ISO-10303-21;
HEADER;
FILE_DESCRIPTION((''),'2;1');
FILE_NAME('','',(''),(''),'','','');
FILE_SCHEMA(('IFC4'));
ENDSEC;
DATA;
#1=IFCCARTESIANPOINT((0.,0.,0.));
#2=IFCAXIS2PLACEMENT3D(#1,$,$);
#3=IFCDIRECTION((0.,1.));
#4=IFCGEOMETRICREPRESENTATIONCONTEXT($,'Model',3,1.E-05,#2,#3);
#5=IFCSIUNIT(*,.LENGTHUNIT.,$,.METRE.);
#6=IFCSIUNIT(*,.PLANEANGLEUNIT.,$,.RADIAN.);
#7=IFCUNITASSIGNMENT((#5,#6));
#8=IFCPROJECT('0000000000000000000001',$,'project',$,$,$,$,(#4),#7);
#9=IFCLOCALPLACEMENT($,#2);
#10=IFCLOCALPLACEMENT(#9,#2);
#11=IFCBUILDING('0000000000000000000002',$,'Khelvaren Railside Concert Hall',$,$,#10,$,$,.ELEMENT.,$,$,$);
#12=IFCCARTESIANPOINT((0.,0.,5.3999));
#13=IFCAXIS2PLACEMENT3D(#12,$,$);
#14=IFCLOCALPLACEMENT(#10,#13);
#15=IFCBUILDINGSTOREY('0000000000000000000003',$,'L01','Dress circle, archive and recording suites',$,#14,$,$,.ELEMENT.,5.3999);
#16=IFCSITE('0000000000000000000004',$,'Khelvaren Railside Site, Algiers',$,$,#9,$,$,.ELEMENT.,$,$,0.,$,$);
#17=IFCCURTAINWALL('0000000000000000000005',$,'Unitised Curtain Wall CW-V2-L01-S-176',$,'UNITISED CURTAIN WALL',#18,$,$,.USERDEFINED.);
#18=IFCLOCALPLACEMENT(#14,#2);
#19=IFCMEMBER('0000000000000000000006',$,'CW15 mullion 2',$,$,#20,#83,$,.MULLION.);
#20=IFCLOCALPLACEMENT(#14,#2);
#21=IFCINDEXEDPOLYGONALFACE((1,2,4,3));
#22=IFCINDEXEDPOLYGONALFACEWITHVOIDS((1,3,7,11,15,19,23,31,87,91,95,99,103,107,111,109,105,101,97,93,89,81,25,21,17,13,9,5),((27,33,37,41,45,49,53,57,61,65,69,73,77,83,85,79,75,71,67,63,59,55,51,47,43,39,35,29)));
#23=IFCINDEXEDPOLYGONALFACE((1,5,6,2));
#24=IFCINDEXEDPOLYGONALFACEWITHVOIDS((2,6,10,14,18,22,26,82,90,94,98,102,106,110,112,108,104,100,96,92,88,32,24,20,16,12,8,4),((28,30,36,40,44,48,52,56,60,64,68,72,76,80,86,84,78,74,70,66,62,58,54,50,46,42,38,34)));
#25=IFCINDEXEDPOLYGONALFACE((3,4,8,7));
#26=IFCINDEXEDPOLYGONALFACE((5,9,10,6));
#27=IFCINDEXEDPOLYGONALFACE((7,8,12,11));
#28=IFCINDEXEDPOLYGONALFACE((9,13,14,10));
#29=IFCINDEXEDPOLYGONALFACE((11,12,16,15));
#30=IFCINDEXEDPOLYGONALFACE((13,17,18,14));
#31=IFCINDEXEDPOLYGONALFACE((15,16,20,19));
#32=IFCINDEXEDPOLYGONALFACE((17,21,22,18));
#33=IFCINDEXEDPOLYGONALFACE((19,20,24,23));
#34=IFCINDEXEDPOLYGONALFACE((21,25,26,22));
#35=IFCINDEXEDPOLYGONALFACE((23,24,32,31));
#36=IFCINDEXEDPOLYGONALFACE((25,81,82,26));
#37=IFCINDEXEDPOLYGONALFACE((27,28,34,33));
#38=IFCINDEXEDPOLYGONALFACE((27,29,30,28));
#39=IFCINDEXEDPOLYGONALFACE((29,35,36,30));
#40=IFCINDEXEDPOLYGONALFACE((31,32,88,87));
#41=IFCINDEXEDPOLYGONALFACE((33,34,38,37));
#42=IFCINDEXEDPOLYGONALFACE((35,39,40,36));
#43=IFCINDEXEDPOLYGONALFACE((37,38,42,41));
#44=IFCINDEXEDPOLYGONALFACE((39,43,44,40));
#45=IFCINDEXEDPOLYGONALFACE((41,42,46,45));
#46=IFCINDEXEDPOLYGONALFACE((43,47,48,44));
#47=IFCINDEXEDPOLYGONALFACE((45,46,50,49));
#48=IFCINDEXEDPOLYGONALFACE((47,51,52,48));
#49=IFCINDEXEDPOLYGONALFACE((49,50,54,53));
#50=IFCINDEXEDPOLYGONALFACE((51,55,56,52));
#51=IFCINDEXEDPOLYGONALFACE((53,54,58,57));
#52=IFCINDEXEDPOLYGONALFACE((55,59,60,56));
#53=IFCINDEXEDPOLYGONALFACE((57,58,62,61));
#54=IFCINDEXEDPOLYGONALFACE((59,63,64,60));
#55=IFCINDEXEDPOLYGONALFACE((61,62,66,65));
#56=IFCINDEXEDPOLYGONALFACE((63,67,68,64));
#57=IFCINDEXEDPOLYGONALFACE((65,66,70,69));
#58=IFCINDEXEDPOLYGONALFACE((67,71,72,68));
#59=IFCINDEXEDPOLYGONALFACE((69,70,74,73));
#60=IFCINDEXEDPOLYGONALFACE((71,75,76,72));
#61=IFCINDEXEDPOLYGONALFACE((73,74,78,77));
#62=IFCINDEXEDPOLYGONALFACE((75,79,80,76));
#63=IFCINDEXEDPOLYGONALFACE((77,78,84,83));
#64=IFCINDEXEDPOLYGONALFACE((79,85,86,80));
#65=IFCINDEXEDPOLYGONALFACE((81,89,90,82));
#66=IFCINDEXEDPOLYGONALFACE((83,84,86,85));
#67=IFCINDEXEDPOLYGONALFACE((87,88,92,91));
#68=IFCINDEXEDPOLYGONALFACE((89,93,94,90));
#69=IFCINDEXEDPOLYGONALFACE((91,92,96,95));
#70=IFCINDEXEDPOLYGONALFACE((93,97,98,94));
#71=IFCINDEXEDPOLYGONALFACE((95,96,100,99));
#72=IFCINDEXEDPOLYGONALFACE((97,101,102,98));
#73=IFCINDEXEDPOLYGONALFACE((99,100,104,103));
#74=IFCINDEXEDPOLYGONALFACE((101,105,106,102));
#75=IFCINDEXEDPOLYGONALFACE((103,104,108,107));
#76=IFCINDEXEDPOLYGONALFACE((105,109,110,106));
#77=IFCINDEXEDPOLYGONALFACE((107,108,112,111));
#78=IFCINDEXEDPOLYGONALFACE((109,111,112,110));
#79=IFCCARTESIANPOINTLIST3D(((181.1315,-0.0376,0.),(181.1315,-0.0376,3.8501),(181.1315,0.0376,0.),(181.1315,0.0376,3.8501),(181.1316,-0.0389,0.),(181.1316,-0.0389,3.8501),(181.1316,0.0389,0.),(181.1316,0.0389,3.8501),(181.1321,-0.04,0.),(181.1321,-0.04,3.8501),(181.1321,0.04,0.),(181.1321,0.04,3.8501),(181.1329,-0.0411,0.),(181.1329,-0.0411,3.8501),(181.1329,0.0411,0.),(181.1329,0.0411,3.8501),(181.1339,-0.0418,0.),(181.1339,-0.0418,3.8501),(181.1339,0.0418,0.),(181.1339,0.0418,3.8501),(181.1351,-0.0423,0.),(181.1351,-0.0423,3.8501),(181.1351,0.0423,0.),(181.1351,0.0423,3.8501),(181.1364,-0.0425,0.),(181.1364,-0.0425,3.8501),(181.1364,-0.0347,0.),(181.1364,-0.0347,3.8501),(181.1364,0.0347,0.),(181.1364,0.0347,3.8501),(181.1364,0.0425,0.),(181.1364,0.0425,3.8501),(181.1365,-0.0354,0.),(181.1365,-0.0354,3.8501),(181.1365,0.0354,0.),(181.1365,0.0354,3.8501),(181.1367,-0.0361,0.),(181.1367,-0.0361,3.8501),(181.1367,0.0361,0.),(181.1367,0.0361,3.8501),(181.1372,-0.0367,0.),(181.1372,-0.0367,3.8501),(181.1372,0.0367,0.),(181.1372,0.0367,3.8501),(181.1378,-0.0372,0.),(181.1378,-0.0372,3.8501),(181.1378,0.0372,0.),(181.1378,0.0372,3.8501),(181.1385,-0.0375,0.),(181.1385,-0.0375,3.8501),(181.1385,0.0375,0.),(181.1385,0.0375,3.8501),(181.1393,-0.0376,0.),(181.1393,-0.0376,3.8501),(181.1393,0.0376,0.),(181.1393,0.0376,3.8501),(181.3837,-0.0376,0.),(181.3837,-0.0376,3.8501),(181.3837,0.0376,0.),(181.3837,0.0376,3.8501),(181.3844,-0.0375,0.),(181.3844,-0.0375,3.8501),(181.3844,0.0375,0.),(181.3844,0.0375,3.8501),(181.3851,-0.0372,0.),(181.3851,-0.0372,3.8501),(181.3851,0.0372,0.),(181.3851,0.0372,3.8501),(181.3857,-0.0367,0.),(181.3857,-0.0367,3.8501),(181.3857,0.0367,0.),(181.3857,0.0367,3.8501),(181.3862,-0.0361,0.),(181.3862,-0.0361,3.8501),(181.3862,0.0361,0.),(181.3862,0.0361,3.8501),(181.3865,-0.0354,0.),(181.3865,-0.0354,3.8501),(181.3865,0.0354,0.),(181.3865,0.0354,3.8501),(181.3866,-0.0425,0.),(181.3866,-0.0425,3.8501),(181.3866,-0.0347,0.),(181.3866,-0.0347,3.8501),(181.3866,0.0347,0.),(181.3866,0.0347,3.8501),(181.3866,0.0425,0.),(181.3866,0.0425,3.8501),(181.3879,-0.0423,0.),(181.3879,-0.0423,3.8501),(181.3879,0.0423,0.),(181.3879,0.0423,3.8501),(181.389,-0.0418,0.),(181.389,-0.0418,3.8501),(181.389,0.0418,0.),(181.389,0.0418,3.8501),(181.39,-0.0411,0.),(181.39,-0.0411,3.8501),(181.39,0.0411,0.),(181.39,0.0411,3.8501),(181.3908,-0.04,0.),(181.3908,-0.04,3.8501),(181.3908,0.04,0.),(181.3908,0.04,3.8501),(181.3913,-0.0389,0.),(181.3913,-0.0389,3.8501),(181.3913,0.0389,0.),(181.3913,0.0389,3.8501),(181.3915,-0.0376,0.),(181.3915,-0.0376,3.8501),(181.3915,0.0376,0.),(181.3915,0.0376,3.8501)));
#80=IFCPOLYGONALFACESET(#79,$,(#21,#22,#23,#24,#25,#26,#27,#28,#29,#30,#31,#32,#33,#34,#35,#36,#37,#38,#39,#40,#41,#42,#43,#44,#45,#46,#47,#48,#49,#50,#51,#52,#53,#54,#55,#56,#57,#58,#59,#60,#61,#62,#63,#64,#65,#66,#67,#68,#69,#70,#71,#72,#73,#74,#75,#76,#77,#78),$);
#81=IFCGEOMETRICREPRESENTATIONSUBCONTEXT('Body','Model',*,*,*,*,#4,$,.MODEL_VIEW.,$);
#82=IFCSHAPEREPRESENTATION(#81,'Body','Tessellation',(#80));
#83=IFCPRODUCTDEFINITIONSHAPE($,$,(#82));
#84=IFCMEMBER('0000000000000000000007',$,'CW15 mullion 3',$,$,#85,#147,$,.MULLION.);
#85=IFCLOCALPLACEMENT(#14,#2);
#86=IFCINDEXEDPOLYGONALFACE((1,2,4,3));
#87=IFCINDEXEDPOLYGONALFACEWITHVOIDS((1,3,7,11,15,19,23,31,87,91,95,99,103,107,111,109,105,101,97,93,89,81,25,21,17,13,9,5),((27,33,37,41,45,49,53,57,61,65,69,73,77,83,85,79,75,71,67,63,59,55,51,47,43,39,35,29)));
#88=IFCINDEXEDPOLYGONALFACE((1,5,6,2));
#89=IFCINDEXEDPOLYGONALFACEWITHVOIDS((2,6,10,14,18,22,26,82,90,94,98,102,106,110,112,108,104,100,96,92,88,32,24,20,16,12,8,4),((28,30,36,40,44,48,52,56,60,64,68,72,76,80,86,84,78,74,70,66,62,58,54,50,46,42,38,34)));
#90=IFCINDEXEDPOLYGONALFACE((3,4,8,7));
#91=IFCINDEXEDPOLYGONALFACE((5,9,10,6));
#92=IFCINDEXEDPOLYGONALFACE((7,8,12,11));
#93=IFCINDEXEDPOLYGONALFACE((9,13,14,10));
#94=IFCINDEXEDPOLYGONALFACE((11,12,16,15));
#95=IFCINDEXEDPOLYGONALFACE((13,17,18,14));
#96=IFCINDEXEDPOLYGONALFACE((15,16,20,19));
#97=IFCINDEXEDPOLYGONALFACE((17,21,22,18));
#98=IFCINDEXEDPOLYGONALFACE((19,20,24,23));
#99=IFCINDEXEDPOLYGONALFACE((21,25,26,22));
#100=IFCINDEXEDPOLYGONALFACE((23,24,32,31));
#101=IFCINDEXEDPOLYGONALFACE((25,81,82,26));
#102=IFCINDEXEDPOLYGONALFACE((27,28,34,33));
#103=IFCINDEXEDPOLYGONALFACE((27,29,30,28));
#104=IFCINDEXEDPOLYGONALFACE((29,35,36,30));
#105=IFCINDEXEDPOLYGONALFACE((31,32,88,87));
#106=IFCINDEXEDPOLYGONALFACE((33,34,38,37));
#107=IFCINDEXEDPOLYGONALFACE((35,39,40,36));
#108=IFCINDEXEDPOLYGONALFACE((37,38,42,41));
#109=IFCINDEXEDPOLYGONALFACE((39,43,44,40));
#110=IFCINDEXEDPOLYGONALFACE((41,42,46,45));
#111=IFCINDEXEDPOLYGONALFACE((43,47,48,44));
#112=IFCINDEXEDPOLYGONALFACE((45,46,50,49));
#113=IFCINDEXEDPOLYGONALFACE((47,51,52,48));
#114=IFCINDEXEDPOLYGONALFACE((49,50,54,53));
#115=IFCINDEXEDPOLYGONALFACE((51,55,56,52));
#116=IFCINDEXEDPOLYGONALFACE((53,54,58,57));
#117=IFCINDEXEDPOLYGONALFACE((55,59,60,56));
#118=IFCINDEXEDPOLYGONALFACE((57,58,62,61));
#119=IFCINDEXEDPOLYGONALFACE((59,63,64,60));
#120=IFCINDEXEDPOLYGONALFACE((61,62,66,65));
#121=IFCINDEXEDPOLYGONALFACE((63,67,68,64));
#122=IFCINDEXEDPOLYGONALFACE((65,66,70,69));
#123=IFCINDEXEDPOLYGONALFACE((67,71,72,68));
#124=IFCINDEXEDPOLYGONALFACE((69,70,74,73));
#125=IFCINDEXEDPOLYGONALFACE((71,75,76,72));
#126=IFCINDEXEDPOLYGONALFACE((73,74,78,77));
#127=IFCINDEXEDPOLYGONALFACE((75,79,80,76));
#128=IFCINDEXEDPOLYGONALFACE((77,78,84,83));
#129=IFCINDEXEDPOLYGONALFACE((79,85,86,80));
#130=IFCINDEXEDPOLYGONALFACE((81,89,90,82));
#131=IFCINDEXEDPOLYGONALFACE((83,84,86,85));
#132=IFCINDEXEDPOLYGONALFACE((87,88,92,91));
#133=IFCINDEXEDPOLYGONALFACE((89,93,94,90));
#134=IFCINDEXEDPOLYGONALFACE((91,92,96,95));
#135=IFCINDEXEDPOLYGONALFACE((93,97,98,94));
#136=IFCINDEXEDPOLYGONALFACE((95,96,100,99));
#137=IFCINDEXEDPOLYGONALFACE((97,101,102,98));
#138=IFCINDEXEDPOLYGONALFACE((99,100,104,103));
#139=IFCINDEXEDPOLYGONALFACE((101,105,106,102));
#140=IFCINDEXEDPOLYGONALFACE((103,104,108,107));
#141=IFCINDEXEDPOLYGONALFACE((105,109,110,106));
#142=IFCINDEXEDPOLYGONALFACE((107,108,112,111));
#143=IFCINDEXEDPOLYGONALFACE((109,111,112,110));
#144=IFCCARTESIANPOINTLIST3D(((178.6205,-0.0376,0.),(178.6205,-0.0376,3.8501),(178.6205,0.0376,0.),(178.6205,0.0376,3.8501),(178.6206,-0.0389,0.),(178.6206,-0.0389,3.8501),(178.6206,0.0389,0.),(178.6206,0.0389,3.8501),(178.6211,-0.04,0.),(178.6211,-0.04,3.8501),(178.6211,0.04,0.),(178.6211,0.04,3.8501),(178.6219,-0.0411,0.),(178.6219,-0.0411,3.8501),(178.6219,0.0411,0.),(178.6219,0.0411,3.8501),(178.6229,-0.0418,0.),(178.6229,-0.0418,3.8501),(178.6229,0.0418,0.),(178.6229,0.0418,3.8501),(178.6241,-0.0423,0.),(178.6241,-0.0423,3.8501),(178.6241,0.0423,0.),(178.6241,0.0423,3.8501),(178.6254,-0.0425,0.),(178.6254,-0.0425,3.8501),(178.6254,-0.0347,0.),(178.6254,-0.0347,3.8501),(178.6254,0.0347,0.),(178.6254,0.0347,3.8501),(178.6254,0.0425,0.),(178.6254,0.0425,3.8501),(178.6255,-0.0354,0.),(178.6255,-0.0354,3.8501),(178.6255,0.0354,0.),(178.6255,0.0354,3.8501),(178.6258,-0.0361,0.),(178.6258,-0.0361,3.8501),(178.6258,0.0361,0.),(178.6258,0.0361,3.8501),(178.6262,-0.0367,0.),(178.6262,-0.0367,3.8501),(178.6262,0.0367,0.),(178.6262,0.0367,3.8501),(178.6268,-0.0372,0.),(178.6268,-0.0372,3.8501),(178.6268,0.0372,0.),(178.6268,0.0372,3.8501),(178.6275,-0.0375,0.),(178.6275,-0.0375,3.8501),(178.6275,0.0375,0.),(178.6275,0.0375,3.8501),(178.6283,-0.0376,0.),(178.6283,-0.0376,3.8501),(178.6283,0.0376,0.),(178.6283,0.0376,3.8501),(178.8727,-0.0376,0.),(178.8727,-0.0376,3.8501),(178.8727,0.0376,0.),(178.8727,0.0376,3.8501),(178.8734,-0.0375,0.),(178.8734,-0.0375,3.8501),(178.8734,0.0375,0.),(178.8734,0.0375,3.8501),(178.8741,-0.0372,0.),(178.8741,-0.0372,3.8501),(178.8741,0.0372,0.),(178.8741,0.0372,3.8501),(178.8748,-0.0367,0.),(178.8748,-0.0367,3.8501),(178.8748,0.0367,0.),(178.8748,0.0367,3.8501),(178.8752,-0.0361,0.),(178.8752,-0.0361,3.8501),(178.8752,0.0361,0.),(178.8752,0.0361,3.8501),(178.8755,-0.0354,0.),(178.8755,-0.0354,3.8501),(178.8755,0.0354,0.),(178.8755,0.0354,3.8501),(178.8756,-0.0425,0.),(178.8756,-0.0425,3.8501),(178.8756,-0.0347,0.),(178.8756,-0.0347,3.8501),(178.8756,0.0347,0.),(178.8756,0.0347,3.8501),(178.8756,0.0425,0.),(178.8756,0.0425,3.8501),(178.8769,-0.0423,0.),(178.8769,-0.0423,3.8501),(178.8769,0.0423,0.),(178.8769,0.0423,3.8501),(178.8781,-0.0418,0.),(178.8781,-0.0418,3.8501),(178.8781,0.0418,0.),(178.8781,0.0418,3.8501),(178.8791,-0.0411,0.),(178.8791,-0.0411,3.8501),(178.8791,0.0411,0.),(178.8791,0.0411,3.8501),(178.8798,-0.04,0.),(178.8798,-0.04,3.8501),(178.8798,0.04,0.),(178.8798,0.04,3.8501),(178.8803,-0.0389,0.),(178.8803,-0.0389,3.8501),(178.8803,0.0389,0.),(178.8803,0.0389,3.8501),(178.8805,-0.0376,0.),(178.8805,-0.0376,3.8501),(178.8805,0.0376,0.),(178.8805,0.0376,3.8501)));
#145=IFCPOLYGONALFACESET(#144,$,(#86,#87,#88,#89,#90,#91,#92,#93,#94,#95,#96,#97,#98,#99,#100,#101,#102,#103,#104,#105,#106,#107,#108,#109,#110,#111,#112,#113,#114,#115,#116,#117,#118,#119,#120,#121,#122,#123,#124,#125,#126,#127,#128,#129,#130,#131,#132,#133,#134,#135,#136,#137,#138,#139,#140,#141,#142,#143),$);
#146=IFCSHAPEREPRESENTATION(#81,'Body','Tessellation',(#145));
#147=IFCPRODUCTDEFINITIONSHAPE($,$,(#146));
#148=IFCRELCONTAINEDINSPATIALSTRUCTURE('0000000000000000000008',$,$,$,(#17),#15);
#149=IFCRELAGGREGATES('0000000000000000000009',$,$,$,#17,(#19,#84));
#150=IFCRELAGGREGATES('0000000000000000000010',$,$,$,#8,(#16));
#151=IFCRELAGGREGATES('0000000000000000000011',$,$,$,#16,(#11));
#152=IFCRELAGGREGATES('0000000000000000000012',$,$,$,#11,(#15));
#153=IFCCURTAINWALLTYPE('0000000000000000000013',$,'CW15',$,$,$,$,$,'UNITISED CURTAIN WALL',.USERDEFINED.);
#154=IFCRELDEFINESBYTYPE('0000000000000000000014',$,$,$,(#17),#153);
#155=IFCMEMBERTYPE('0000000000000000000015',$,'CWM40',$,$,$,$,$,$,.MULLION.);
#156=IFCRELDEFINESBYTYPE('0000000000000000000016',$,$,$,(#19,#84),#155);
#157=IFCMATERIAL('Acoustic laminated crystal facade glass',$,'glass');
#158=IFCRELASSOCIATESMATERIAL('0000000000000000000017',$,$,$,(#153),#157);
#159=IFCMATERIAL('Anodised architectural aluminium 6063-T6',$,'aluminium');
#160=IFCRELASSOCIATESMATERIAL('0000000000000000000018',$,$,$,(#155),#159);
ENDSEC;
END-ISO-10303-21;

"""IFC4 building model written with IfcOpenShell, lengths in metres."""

from ifc_helpers import new_model, si_unit, direction, frame, origin, origin_2d, place, context, subcontext, project, spatial, hollow_rectangle, extrude, material, material_profile, profile_set, type_object, element, aggregate, save


model = new_model("IFC4")

# Units and contexts
model_context = context("Model", 3, precision=1e-05, world=origin(), true_north=direction((0.0, 1.0)))
body_context = subcontext(model_context, "Body", "Model", "MODEL_VIEW")
ifc_project = project(units=[si_unit("LENGTHUNIT", "METRE"), si_unit("PLANEANGLEUNIT", "RADIAN")], contexts=[model_context])

# Site, building, storey
site_placement = place(None, origin())
site = spatial("IfcSite", under=ifc_project, at=site_placement, Name="Khelvaren Railside Site, Algiers", CompositionType="ELEMENT", RefElevation=0.0)
building_placement = place(site_placement, origin())
building = spatial("IfcBuilding", under=site, at=building_placement, Name="Khelvaren Railside Concert Hall", CompositionType="ELEMENT")
storey_placement = place(building_placement, frame((0.0, 0.0, 5.3999)))
storey = spatial("IfcBuildingStorey", under=building, at=storey_placement, Name="L01", Description="Dress circle, archive and recording suites", CompositionType="ELEMENT", Elevation=5.3999)

# Curtain wall, members
ifc_material_1 = material(Name="Acoustic laminated crystal facade glass", Category="glass")
curtain_wall_type = type_object("IfcCurtainWallType", Name="CW15", ElementType="UNITISED CURTAIN WALL", PredefinedType="USERDEFINED", material=ifc_material_1)
curtain_wall_placement = place(storey_placement, origin())
curtain_wall = element("IfcCurtainWall", 1, at=curtain_wall_placement, inside=storey, type_object=curtain_wall_type, Name="Unitised Curtain Wall CW-V2-L01-S-176", ObjectType="UNITISED CURTAIN WALL", PredefinedType="USERDEFINED")
ifc_material_2 = material(Name="Anodised architectural aluminium 6063-T6", Category="aluminium")
ifc_material_profile_1 = material_profile(ifc_material_2, hollow_rectangle(XDim=0.085, YDim=0.26, WallThickness=0.0049, InnerFilletRadius=0.0029, OuterFilletRadius=0.0049, at=origin_2d()), Name="CWM 85x260x5")
ifc_profile_set_1 = profile_set([ifc_material_profile_1], Name="Anodised architectural aluminium 6063-T6")
member_type_1 = type_object("IfcMemberType", Name="CWM40", PredefinedType="MULLION", material=ifc_profile_set_1)
member_1_placement = place(storey_placement, frame((181.2615, 0.0, 0.0), z_axis=(0.0, 0.0, 1.0), x_axis=(0.0, -1.0, 0.0)))
member_1 = element("IfcMember", 2, at=member_1_placement, type_object=member_type_1, Name="CW15 mullion 2", PredefinedType="MULLION", context=body_context, shape_type="SweptSolid", body=[
    extrude(hollow_rectangle(XDim=0.085, YDim=0.26, WallThickness=0.0049, InnerFilletRadius=0.0029, OuterFilletRadius=0.0049, at=origin_2d()), origin(), (0.0, 0.0, 1.0), 3.8501),
])
member_2_placement = place(storey_placement, frame((178.7505, 0.0, 0.0), z_axis=(0.0, 0.0, 1.0), x_axis=(0.0, -1.0, 0.0)))
member_2 = element("IfcMember", 3, at=member_2_placement, type_object=member_type_1, Name="CW15 mullion 3", PredefinedType="MULLION", context=body_context, shape_type="SweptSolid", body=[
    extrude(hollow_rectangle(XDim=0.085, YDim=0.26, WallThickness=0.0049, InnerFilletRadius=0.0029, OuterFilletRadius=0.0049, at=origin_2d()), origin(), (0.0, 0.0, 1.0), 3.8501),
])

aggregate(curtain_wall, [member_1, member_2])

save(model, "model.ifc")
